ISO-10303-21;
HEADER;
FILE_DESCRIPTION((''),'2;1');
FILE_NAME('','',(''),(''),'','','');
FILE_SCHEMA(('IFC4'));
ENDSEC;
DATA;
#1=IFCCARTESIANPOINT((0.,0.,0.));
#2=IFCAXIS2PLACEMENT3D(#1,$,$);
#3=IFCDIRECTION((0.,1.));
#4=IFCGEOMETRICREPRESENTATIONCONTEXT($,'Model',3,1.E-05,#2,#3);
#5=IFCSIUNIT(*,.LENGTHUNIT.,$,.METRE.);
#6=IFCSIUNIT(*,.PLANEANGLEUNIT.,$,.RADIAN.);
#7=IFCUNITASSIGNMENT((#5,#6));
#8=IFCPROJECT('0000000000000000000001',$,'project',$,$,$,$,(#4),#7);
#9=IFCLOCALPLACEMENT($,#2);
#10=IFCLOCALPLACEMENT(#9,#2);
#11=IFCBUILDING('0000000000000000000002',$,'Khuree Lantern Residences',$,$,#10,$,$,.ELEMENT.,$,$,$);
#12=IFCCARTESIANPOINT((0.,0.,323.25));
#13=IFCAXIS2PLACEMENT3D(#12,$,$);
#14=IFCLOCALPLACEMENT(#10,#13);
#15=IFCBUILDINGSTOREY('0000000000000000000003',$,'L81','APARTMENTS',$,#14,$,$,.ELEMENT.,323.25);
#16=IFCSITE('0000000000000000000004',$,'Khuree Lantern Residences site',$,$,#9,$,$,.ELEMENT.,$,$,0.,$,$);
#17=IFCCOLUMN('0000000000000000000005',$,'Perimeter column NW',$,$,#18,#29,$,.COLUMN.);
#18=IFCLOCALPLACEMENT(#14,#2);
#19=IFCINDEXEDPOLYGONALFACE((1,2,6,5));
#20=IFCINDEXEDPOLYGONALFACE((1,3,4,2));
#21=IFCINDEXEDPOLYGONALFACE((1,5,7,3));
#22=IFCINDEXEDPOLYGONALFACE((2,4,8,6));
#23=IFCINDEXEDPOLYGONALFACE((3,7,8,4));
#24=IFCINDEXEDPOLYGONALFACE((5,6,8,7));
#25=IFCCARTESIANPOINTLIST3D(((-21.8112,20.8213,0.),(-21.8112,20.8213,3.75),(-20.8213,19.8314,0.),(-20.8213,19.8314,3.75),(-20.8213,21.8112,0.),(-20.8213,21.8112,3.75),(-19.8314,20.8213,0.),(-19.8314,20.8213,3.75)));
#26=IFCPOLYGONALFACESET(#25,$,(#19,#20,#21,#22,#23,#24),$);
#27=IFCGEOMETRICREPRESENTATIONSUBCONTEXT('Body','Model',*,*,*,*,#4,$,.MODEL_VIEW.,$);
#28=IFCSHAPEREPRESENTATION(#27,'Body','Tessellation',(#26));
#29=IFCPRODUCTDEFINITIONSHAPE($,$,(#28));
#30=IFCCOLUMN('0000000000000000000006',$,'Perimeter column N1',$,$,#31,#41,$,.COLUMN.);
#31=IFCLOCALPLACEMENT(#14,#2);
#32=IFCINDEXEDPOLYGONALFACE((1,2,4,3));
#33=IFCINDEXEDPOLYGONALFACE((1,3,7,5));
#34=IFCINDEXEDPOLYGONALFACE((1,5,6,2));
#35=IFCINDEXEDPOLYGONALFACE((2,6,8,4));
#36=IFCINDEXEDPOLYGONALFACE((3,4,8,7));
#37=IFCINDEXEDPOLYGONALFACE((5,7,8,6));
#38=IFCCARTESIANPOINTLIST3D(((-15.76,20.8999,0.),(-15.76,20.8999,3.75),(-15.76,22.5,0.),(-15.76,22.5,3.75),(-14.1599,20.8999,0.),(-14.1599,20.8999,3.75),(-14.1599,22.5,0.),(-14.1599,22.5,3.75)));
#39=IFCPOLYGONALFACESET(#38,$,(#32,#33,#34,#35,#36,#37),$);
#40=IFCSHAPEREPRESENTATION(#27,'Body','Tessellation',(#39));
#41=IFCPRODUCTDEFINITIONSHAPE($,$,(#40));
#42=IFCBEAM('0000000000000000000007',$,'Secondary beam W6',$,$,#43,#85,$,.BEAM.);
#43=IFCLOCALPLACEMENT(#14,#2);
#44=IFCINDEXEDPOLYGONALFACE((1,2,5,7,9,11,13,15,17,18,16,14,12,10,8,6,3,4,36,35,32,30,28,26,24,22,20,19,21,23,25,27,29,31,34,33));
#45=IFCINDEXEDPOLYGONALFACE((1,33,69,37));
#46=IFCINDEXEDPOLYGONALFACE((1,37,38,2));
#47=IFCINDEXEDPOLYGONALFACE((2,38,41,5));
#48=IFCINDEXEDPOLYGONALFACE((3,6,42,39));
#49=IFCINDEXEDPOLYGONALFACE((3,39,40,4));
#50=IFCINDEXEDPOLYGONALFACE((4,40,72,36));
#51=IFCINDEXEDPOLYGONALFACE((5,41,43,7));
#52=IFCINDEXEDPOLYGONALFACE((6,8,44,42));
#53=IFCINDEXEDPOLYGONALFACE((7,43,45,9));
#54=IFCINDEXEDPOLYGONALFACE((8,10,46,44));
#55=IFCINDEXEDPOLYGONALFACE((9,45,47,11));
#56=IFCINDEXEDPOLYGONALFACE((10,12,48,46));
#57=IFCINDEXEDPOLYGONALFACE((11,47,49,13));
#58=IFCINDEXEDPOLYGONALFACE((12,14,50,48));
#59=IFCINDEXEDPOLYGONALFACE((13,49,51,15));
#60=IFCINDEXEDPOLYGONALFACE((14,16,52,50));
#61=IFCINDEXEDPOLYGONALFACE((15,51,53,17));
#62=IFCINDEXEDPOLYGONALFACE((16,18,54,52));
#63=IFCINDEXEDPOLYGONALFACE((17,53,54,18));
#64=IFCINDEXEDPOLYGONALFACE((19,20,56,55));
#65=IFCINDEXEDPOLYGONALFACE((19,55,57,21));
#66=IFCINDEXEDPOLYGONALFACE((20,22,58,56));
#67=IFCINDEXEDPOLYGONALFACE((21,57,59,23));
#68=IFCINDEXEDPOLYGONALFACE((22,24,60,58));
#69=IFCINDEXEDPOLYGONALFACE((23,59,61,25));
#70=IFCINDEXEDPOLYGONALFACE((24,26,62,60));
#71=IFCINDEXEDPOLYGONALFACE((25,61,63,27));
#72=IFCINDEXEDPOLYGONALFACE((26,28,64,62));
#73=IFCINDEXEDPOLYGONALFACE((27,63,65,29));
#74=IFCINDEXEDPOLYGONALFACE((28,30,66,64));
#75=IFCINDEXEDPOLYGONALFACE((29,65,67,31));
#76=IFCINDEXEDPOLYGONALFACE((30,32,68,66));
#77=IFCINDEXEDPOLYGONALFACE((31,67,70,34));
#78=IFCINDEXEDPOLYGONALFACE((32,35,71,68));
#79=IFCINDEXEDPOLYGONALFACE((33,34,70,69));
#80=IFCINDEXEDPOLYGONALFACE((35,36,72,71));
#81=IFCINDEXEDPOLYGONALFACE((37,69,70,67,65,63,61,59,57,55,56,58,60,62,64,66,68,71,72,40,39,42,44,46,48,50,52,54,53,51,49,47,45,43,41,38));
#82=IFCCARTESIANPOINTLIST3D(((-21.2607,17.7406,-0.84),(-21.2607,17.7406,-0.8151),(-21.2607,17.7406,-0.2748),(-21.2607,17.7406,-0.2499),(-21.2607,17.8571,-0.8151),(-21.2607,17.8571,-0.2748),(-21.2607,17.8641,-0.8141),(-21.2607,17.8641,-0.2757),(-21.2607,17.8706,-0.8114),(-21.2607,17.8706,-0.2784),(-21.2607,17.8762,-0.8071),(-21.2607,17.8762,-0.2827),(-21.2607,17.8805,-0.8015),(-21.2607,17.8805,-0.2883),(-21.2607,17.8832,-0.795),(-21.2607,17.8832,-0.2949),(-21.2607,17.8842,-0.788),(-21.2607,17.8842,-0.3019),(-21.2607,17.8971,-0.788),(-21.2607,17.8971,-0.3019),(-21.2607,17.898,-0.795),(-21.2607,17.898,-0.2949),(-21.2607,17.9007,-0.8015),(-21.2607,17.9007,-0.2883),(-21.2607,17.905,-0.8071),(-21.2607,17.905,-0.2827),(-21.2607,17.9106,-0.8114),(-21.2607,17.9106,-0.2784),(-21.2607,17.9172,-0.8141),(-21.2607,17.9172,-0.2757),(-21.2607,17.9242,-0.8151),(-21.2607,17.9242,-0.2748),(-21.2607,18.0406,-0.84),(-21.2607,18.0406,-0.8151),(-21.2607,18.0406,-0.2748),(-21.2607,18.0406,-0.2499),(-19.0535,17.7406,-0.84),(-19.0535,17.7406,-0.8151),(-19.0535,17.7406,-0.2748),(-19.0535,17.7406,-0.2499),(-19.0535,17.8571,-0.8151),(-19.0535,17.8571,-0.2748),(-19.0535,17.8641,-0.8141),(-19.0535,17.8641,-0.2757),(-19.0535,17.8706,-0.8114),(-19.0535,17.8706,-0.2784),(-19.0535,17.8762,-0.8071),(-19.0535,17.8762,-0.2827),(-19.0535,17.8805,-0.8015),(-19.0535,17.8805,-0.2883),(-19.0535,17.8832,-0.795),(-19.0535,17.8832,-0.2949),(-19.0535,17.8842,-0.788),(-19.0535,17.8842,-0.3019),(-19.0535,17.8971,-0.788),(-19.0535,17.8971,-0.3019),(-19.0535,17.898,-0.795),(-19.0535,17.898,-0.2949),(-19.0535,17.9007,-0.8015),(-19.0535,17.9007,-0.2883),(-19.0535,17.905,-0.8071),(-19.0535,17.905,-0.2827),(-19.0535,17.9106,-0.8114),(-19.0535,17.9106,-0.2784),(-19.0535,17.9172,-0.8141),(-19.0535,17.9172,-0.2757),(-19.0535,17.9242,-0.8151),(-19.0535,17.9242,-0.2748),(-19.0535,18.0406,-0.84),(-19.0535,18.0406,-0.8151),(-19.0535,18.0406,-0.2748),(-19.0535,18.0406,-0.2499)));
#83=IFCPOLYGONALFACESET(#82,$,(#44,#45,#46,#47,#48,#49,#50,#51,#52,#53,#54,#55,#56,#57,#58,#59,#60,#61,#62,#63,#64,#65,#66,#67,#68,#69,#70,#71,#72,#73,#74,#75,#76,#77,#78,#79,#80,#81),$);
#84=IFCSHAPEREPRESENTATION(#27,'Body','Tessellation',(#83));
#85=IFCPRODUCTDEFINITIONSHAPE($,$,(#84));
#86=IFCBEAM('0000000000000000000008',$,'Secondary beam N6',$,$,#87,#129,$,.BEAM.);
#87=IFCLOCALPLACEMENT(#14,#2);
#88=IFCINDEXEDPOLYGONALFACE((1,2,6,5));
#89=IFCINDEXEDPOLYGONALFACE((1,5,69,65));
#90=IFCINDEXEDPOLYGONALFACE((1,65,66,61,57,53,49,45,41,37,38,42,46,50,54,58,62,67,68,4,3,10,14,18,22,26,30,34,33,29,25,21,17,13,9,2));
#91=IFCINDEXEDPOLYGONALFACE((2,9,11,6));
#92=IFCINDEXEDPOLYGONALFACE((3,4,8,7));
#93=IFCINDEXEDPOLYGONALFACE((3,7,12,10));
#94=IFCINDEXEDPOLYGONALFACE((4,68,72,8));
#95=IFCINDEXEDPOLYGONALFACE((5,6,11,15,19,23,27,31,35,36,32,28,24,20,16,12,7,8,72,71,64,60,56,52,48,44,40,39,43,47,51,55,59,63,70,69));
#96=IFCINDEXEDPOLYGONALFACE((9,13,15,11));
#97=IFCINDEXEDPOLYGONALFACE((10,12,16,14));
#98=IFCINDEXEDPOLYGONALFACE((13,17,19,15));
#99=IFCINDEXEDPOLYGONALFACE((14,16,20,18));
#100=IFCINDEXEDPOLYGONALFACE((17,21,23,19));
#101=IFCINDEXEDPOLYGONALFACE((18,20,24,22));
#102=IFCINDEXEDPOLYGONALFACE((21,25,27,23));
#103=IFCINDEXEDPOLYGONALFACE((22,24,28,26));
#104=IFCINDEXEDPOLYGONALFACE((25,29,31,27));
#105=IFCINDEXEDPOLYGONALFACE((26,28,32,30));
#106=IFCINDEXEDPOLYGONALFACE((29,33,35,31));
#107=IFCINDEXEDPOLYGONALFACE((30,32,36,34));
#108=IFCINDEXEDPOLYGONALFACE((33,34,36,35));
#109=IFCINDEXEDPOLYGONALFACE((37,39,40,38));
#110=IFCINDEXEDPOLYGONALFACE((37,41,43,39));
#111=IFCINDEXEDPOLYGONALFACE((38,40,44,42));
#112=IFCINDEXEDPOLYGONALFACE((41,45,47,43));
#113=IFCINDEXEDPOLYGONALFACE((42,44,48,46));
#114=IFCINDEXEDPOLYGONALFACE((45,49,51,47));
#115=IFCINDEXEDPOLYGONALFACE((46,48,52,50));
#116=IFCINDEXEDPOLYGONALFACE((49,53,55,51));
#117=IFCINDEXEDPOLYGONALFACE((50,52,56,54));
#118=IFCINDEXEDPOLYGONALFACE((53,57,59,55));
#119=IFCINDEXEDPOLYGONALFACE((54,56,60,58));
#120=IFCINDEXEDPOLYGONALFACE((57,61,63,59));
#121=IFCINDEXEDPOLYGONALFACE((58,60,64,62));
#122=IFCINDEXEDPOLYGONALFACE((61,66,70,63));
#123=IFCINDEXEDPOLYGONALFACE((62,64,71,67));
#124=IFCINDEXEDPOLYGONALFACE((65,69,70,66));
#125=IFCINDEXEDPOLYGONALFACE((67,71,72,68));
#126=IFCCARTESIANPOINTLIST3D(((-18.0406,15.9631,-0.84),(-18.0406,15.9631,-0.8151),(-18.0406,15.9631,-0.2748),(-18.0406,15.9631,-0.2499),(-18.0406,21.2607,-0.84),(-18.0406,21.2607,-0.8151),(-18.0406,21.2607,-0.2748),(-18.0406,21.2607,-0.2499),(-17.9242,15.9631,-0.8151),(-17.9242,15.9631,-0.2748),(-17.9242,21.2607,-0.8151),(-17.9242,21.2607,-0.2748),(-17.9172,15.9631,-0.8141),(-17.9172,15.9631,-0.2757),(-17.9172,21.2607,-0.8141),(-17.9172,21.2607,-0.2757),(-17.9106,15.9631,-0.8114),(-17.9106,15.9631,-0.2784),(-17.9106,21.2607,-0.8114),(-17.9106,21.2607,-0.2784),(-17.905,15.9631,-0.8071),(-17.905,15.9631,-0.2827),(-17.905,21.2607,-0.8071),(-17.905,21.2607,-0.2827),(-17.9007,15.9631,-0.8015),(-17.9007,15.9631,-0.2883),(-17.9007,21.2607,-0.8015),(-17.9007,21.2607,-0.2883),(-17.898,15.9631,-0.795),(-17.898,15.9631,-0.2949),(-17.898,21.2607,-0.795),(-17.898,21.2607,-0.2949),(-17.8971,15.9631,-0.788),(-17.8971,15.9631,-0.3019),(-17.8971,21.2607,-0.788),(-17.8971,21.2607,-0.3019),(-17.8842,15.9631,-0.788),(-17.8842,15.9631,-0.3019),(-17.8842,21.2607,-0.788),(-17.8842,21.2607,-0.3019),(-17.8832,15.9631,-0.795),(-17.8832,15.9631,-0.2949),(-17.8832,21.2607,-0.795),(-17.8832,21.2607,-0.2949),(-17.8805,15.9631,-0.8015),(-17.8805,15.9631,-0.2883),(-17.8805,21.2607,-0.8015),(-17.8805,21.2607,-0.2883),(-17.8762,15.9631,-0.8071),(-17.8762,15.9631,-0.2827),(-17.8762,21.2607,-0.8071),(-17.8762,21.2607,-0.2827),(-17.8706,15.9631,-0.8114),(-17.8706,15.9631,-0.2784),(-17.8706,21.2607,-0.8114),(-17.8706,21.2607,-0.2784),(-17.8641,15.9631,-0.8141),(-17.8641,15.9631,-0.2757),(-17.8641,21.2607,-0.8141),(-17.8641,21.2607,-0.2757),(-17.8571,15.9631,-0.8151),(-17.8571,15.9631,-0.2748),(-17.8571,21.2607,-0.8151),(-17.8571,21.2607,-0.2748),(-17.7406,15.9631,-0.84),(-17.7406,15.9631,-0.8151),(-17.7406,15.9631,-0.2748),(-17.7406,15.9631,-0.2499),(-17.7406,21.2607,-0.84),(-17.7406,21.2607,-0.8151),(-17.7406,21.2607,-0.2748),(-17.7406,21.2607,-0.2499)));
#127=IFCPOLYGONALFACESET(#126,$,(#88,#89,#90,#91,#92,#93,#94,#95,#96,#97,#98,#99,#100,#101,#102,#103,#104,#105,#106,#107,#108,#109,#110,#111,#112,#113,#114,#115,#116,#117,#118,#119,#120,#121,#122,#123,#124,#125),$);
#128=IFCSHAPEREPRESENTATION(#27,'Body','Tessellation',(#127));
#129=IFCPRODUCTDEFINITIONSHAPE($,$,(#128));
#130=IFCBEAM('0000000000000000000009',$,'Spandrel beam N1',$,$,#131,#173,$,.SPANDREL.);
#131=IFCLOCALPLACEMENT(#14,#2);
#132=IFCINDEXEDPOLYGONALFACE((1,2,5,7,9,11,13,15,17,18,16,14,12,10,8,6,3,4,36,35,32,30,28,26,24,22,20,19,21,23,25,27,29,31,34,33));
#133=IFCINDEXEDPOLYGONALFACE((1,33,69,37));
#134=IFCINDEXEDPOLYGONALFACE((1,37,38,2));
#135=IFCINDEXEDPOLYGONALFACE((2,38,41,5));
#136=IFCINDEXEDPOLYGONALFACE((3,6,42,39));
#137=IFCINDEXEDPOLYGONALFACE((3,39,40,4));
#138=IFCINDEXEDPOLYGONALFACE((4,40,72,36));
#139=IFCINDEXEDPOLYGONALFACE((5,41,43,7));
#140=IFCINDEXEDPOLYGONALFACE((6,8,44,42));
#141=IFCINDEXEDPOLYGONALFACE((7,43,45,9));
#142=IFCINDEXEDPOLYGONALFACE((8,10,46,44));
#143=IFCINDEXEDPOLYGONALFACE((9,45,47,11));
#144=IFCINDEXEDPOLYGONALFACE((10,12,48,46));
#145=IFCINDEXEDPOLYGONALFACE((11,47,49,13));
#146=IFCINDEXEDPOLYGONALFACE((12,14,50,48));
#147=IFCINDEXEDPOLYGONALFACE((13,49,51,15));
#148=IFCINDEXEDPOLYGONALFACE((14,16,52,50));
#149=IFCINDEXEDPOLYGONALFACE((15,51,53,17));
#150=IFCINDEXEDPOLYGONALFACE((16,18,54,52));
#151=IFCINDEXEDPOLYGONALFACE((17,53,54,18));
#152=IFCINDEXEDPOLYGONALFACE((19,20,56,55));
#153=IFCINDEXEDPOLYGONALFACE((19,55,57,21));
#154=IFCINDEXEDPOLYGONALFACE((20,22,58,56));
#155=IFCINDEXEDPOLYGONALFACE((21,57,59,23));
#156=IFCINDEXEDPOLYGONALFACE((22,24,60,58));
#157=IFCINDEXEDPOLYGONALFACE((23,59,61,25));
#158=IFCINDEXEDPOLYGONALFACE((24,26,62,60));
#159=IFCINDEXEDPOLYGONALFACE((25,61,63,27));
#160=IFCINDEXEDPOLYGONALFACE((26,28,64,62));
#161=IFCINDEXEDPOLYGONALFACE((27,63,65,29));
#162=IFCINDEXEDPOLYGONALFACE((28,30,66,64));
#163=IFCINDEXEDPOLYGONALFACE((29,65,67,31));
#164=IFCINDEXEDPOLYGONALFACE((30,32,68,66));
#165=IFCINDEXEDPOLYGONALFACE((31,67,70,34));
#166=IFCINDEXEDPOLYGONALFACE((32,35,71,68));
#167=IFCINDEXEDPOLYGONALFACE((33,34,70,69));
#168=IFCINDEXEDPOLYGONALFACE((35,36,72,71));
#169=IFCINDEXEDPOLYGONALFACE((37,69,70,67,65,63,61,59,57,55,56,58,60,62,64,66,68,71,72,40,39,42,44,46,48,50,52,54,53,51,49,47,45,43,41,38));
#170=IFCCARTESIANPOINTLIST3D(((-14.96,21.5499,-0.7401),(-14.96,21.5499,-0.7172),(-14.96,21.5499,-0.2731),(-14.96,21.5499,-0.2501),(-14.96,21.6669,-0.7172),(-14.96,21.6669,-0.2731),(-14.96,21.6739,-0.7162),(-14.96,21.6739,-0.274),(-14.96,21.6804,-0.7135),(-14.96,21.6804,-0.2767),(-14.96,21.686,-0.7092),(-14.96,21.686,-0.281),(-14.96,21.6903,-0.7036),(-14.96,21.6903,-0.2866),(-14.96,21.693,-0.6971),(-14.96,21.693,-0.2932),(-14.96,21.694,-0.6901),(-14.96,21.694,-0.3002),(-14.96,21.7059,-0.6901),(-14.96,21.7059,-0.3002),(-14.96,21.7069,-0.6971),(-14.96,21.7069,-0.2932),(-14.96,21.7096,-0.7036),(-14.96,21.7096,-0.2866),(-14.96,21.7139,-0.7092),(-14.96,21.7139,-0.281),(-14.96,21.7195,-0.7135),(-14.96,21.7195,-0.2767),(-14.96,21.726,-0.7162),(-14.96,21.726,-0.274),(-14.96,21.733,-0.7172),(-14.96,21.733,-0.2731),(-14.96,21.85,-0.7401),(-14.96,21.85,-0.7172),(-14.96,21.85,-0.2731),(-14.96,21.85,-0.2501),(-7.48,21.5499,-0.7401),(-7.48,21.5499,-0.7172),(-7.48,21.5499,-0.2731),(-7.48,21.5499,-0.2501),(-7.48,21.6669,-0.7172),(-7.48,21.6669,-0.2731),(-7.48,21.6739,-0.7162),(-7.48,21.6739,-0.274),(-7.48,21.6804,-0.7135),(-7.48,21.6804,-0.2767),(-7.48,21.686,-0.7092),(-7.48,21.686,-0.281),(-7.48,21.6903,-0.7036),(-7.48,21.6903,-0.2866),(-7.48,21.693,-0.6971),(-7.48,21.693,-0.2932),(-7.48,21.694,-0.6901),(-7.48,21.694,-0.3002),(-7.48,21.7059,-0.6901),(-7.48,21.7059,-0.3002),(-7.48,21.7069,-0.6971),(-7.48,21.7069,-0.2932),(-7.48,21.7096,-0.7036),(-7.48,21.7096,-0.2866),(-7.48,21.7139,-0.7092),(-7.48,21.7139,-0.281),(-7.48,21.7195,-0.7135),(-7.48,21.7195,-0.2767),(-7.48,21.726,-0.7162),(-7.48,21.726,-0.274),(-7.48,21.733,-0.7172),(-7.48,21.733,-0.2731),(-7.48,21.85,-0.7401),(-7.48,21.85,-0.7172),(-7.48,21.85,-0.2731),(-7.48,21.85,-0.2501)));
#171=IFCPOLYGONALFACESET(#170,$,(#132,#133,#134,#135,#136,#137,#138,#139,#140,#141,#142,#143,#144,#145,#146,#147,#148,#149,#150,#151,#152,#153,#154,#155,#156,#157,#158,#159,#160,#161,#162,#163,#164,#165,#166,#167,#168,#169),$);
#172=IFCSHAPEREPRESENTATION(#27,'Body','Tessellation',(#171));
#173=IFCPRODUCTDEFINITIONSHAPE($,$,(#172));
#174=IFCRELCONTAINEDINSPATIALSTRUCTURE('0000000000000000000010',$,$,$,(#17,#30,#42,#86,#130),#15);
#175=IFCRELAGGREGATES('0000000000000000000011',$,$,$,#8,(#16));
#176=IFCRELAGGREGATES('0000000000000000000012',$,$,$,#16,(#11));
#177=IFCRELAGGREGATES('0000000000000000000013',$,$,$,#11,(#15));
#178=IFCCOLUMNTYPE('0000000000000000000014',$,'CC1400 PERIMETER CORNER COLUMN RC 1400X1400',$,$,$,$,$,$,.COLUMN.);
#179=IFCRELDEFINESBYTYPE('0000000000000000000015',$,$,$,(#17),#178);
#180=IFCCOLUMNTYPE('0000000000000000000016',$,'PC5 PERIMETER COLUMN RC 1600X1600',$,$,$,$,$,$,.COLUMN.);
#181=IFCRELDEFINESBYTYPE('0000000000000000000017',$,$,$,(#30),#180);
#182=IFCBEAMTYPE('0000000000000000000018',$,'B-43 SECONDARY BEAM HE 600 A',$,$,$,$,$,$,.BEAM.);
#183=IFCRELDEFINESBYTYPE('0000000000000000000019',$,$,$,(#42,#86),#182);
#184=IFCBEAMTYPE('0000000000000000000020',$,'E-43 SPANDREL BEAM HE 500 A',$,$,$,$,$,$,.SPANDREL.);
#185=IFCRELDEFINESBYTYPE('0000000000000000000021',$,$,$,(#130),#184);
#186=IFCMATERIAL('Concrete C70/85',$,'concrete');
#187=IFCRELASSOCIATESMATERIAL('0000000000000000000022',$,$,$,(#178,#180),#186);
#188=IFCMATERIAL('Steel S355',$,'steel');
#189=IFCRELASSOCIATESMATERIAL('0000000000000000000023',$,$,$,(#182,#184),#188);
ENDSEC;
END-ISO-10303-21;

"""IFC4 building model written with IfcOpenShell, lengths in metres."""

from ifc_helpers import new_model, si_unit, direction, frame, origin, origin_2d, place, context, subcontext, project, spatial, rectangle, i_section, extrude, material, material_profile, profile_set, type_object, element, save


model = new_model("IFC4")

# Units and contexts
model_context = context("Model", 3, precision=1e-05, world=origin(), true_north=direction((0.0, 1.0)))
body_context = subcontext(model_context, "Body", "Model", "MODEL_VIEW")
ifc_project = project(units=[si_unit("LENGTHUNIT", "METRE"), si_unit("PLANEANGLEUNIT", "RADIAN")], contexts=[model_context])

# Site, building, storey
site_placement = place(None, origin())
site = spatial("IfcSite", under=ifc_project, at=site_placement, Name="Khuree Lantern Residences site", CompositionType="ELEMENT", RefElevation=0.0)
building_placement = place(site_placement, origin())
building = spatial("IfcBuilding", under=site, at=building_placement, Name="Khuree Lantern Residences", CompositionType="ELEMENT")
storey_placement = place(building_placement, frame((0.0, 0.0, 323.25)))
storey = spatial("IfcBuildingStorey", under=building, at=storey_placement, Name="L81", Description="APARTMENTS", CompositionType="ELEMENT", Elevation=323.25)

# Columns
ifc_material_1 = material(Name="Concrete C70/85", Category="concrete")
ifc_material_profile_1 = material_profile(ifc_material_1, rectangle(XDim=1.3999, YDim=1.3999, at=origin_2d()), Name="RC 1400X1400")
ifc_profile_set_1 = profile_set([ifc_material_profile_1], Name="Concrete C70/85")
column_type_1 = type_object("IfcColumnType", Name="CC1400 PERIMETER CORNER COLUMN RC 1400X1400", PredefinedType="COLUMN", material=ifc_profile_set_1)
column_1_placement = place(storey_placement, frame((-20.8213, 20.8213, 0.0), z_axis=(0.0, 0.0, 1.0), x_axis=(0.707107, 0.707107, 0.0)))
element("IfcColumn", 1, at=column_1_placement, inside=storey, type_object=column_type_1, Name="Perimeter column NW", PredefinedType="COLUMN", context=body_context, shape_type="SweptSolid", body=[
    extrude(rectangle(XDim=1.3999, YDim=1.3999, at=origin_2d()), origin(), (0.0, 0.0, 1.0), 3.75),
])
ifc_material_profile_2 = material_profile(ifc_material_1, rectangle(XDim=1.6001, YDim=1.6001, at=origin_2d()), Name="RC 1600X1600")
ifc_profile_set_2 = profile_set([ifc_material_profile_2], Name="Concrete C70/85")
column_type_2 = type_object("IfcColumnType", Name="PC5 PERIMETER COLUMN RC 1600X1600", PredefinedType="COLUMN", material=ifc_profile_set_2)
column_2_placement = place(storey_placement, frame((-14.96, 21.7, 0.0), z_axis=(0.0, 0.0, 1.0), x_axis=(1.0, 0.0, 0.0)))
element("IfcColumn", 2, at=column_2_placement, inside=storey, type_object=column_type_2, Name="Perimeter column N1", PredefinedType="COLUMN", context=body_context, shape_type="SweptSolid", body=[
    extrude(rectangle(XDim=1.6001, YDim=1.6001, at=origin_2d()), origin(), (0.0, 0.0, 1.0), 3.75),
])

# Beams
ifc_material_2 = material(Name="Steel S355", Category="steel")
ifc_material_profile_3 = material_profile(ifc_material_2, i_section(OverallWidth=0.3, OverallDepth=0.5901, WebThickness=0.0129, FlangeThickness=0.0249, FilletRadius=0.0271, at=origin_2d()), Name="HE 600 A")
ifc_profile_set_3 = profile_set([ifc_material_profile_3], Name="Steel S355")
beam_type_1 = type_object("IfcBeamType", Name="B-43 SECONDARY BEAM HE 600 A", PredefinedType="BEAM", material=ifc_profile_set_3)
beam_1_placement = place(storey_placement, frame((-21.2607, 17.8906, -0.5449), z_axis=(1.0, 0.0, 0.0), x_axis=(0.0, 1.0, 0.0)))
element("IfcBeam", 3, at=beam_1_placement, inside=storey, type_object=beam_type_1, Name="Secondary beam W6", PredefinedType="BEAM", context=body_context, shape_type="SweptSolid", body=[
    extrude(i_section(OverallWidth=0.3, OverallDepth=0.5901, WebThickness=0.0129, FlangeThickness=0.0249, FilletRadius=0.0271, at=origin_2d()), origin(), (0.0, 0.0, 1.0), 2.2073),
])
beam_2_placement = place(storey_placement, frame((-17.8906, 21.2607, -0.5449), z_axis=(0.0, -1.0, 0.0), x_axis=(1.0, 0.0, 0.0)))
element("IfcBeam", 4, at=beam_2_placement, inside=storey, type_object=beam_type_1, Name="Secondary beam N6", PredefinedType="BEAM", context=body_context, shape_type="SweptSolid", body=[
    extrude(i_section(OverallWidth=0.3, OverallDepth=0.5901, WebThickness=0.0129, FlangeThickness=0.0249, FilletRadius=0.0271, at=origin_2d()), origin(), (0.0, 0.0, 1.0), 5.2976),
])
ifc_material_profile_4 = material_profile(ifc_material_2, i_section(OverallWidth=0.3, OverallDepth=0.49, WebThickness=0.012, FlangeThickness=0.0229, FilletRadius=0.0271, at=origin_2d()), Name="HE 500 A")
ifc_profile_set_4 = profile_set([ifc_material_profile_4], Name="Steel S355")
beam_type_2 = type_object("IfcBeamType", Name="E-43 SPANDREL BEAM HE 500 A", PredefinedType="SPANDREL", material=ifc_profile_set_4)
beam_3_placement = place(storey_placement, frame((-14.96, 21.7, -0.4951), z_axis=(1.0, 0.0, 0.0), x_axis=(0.0, 1.0, 0.0)))
element("IfcBeam", 5, at=beam_3_placement, inside=storey, type_object=beam_type_2, Name="Spandrel beam N1", PredefinedType="SPANDREL", context=body_context, shape_type="SweptSolid", body=[
    extrude(i_section(OverallWidth=0.3, OverallDepth=0.49, WebThickness=0.012, FlangeThickness=0.0229, FilletRadius=0.0271, at=origin_2d()), origin(), (0.0, 0.0, 1.0), 7.48),
])

save(model, "model.ifc")
